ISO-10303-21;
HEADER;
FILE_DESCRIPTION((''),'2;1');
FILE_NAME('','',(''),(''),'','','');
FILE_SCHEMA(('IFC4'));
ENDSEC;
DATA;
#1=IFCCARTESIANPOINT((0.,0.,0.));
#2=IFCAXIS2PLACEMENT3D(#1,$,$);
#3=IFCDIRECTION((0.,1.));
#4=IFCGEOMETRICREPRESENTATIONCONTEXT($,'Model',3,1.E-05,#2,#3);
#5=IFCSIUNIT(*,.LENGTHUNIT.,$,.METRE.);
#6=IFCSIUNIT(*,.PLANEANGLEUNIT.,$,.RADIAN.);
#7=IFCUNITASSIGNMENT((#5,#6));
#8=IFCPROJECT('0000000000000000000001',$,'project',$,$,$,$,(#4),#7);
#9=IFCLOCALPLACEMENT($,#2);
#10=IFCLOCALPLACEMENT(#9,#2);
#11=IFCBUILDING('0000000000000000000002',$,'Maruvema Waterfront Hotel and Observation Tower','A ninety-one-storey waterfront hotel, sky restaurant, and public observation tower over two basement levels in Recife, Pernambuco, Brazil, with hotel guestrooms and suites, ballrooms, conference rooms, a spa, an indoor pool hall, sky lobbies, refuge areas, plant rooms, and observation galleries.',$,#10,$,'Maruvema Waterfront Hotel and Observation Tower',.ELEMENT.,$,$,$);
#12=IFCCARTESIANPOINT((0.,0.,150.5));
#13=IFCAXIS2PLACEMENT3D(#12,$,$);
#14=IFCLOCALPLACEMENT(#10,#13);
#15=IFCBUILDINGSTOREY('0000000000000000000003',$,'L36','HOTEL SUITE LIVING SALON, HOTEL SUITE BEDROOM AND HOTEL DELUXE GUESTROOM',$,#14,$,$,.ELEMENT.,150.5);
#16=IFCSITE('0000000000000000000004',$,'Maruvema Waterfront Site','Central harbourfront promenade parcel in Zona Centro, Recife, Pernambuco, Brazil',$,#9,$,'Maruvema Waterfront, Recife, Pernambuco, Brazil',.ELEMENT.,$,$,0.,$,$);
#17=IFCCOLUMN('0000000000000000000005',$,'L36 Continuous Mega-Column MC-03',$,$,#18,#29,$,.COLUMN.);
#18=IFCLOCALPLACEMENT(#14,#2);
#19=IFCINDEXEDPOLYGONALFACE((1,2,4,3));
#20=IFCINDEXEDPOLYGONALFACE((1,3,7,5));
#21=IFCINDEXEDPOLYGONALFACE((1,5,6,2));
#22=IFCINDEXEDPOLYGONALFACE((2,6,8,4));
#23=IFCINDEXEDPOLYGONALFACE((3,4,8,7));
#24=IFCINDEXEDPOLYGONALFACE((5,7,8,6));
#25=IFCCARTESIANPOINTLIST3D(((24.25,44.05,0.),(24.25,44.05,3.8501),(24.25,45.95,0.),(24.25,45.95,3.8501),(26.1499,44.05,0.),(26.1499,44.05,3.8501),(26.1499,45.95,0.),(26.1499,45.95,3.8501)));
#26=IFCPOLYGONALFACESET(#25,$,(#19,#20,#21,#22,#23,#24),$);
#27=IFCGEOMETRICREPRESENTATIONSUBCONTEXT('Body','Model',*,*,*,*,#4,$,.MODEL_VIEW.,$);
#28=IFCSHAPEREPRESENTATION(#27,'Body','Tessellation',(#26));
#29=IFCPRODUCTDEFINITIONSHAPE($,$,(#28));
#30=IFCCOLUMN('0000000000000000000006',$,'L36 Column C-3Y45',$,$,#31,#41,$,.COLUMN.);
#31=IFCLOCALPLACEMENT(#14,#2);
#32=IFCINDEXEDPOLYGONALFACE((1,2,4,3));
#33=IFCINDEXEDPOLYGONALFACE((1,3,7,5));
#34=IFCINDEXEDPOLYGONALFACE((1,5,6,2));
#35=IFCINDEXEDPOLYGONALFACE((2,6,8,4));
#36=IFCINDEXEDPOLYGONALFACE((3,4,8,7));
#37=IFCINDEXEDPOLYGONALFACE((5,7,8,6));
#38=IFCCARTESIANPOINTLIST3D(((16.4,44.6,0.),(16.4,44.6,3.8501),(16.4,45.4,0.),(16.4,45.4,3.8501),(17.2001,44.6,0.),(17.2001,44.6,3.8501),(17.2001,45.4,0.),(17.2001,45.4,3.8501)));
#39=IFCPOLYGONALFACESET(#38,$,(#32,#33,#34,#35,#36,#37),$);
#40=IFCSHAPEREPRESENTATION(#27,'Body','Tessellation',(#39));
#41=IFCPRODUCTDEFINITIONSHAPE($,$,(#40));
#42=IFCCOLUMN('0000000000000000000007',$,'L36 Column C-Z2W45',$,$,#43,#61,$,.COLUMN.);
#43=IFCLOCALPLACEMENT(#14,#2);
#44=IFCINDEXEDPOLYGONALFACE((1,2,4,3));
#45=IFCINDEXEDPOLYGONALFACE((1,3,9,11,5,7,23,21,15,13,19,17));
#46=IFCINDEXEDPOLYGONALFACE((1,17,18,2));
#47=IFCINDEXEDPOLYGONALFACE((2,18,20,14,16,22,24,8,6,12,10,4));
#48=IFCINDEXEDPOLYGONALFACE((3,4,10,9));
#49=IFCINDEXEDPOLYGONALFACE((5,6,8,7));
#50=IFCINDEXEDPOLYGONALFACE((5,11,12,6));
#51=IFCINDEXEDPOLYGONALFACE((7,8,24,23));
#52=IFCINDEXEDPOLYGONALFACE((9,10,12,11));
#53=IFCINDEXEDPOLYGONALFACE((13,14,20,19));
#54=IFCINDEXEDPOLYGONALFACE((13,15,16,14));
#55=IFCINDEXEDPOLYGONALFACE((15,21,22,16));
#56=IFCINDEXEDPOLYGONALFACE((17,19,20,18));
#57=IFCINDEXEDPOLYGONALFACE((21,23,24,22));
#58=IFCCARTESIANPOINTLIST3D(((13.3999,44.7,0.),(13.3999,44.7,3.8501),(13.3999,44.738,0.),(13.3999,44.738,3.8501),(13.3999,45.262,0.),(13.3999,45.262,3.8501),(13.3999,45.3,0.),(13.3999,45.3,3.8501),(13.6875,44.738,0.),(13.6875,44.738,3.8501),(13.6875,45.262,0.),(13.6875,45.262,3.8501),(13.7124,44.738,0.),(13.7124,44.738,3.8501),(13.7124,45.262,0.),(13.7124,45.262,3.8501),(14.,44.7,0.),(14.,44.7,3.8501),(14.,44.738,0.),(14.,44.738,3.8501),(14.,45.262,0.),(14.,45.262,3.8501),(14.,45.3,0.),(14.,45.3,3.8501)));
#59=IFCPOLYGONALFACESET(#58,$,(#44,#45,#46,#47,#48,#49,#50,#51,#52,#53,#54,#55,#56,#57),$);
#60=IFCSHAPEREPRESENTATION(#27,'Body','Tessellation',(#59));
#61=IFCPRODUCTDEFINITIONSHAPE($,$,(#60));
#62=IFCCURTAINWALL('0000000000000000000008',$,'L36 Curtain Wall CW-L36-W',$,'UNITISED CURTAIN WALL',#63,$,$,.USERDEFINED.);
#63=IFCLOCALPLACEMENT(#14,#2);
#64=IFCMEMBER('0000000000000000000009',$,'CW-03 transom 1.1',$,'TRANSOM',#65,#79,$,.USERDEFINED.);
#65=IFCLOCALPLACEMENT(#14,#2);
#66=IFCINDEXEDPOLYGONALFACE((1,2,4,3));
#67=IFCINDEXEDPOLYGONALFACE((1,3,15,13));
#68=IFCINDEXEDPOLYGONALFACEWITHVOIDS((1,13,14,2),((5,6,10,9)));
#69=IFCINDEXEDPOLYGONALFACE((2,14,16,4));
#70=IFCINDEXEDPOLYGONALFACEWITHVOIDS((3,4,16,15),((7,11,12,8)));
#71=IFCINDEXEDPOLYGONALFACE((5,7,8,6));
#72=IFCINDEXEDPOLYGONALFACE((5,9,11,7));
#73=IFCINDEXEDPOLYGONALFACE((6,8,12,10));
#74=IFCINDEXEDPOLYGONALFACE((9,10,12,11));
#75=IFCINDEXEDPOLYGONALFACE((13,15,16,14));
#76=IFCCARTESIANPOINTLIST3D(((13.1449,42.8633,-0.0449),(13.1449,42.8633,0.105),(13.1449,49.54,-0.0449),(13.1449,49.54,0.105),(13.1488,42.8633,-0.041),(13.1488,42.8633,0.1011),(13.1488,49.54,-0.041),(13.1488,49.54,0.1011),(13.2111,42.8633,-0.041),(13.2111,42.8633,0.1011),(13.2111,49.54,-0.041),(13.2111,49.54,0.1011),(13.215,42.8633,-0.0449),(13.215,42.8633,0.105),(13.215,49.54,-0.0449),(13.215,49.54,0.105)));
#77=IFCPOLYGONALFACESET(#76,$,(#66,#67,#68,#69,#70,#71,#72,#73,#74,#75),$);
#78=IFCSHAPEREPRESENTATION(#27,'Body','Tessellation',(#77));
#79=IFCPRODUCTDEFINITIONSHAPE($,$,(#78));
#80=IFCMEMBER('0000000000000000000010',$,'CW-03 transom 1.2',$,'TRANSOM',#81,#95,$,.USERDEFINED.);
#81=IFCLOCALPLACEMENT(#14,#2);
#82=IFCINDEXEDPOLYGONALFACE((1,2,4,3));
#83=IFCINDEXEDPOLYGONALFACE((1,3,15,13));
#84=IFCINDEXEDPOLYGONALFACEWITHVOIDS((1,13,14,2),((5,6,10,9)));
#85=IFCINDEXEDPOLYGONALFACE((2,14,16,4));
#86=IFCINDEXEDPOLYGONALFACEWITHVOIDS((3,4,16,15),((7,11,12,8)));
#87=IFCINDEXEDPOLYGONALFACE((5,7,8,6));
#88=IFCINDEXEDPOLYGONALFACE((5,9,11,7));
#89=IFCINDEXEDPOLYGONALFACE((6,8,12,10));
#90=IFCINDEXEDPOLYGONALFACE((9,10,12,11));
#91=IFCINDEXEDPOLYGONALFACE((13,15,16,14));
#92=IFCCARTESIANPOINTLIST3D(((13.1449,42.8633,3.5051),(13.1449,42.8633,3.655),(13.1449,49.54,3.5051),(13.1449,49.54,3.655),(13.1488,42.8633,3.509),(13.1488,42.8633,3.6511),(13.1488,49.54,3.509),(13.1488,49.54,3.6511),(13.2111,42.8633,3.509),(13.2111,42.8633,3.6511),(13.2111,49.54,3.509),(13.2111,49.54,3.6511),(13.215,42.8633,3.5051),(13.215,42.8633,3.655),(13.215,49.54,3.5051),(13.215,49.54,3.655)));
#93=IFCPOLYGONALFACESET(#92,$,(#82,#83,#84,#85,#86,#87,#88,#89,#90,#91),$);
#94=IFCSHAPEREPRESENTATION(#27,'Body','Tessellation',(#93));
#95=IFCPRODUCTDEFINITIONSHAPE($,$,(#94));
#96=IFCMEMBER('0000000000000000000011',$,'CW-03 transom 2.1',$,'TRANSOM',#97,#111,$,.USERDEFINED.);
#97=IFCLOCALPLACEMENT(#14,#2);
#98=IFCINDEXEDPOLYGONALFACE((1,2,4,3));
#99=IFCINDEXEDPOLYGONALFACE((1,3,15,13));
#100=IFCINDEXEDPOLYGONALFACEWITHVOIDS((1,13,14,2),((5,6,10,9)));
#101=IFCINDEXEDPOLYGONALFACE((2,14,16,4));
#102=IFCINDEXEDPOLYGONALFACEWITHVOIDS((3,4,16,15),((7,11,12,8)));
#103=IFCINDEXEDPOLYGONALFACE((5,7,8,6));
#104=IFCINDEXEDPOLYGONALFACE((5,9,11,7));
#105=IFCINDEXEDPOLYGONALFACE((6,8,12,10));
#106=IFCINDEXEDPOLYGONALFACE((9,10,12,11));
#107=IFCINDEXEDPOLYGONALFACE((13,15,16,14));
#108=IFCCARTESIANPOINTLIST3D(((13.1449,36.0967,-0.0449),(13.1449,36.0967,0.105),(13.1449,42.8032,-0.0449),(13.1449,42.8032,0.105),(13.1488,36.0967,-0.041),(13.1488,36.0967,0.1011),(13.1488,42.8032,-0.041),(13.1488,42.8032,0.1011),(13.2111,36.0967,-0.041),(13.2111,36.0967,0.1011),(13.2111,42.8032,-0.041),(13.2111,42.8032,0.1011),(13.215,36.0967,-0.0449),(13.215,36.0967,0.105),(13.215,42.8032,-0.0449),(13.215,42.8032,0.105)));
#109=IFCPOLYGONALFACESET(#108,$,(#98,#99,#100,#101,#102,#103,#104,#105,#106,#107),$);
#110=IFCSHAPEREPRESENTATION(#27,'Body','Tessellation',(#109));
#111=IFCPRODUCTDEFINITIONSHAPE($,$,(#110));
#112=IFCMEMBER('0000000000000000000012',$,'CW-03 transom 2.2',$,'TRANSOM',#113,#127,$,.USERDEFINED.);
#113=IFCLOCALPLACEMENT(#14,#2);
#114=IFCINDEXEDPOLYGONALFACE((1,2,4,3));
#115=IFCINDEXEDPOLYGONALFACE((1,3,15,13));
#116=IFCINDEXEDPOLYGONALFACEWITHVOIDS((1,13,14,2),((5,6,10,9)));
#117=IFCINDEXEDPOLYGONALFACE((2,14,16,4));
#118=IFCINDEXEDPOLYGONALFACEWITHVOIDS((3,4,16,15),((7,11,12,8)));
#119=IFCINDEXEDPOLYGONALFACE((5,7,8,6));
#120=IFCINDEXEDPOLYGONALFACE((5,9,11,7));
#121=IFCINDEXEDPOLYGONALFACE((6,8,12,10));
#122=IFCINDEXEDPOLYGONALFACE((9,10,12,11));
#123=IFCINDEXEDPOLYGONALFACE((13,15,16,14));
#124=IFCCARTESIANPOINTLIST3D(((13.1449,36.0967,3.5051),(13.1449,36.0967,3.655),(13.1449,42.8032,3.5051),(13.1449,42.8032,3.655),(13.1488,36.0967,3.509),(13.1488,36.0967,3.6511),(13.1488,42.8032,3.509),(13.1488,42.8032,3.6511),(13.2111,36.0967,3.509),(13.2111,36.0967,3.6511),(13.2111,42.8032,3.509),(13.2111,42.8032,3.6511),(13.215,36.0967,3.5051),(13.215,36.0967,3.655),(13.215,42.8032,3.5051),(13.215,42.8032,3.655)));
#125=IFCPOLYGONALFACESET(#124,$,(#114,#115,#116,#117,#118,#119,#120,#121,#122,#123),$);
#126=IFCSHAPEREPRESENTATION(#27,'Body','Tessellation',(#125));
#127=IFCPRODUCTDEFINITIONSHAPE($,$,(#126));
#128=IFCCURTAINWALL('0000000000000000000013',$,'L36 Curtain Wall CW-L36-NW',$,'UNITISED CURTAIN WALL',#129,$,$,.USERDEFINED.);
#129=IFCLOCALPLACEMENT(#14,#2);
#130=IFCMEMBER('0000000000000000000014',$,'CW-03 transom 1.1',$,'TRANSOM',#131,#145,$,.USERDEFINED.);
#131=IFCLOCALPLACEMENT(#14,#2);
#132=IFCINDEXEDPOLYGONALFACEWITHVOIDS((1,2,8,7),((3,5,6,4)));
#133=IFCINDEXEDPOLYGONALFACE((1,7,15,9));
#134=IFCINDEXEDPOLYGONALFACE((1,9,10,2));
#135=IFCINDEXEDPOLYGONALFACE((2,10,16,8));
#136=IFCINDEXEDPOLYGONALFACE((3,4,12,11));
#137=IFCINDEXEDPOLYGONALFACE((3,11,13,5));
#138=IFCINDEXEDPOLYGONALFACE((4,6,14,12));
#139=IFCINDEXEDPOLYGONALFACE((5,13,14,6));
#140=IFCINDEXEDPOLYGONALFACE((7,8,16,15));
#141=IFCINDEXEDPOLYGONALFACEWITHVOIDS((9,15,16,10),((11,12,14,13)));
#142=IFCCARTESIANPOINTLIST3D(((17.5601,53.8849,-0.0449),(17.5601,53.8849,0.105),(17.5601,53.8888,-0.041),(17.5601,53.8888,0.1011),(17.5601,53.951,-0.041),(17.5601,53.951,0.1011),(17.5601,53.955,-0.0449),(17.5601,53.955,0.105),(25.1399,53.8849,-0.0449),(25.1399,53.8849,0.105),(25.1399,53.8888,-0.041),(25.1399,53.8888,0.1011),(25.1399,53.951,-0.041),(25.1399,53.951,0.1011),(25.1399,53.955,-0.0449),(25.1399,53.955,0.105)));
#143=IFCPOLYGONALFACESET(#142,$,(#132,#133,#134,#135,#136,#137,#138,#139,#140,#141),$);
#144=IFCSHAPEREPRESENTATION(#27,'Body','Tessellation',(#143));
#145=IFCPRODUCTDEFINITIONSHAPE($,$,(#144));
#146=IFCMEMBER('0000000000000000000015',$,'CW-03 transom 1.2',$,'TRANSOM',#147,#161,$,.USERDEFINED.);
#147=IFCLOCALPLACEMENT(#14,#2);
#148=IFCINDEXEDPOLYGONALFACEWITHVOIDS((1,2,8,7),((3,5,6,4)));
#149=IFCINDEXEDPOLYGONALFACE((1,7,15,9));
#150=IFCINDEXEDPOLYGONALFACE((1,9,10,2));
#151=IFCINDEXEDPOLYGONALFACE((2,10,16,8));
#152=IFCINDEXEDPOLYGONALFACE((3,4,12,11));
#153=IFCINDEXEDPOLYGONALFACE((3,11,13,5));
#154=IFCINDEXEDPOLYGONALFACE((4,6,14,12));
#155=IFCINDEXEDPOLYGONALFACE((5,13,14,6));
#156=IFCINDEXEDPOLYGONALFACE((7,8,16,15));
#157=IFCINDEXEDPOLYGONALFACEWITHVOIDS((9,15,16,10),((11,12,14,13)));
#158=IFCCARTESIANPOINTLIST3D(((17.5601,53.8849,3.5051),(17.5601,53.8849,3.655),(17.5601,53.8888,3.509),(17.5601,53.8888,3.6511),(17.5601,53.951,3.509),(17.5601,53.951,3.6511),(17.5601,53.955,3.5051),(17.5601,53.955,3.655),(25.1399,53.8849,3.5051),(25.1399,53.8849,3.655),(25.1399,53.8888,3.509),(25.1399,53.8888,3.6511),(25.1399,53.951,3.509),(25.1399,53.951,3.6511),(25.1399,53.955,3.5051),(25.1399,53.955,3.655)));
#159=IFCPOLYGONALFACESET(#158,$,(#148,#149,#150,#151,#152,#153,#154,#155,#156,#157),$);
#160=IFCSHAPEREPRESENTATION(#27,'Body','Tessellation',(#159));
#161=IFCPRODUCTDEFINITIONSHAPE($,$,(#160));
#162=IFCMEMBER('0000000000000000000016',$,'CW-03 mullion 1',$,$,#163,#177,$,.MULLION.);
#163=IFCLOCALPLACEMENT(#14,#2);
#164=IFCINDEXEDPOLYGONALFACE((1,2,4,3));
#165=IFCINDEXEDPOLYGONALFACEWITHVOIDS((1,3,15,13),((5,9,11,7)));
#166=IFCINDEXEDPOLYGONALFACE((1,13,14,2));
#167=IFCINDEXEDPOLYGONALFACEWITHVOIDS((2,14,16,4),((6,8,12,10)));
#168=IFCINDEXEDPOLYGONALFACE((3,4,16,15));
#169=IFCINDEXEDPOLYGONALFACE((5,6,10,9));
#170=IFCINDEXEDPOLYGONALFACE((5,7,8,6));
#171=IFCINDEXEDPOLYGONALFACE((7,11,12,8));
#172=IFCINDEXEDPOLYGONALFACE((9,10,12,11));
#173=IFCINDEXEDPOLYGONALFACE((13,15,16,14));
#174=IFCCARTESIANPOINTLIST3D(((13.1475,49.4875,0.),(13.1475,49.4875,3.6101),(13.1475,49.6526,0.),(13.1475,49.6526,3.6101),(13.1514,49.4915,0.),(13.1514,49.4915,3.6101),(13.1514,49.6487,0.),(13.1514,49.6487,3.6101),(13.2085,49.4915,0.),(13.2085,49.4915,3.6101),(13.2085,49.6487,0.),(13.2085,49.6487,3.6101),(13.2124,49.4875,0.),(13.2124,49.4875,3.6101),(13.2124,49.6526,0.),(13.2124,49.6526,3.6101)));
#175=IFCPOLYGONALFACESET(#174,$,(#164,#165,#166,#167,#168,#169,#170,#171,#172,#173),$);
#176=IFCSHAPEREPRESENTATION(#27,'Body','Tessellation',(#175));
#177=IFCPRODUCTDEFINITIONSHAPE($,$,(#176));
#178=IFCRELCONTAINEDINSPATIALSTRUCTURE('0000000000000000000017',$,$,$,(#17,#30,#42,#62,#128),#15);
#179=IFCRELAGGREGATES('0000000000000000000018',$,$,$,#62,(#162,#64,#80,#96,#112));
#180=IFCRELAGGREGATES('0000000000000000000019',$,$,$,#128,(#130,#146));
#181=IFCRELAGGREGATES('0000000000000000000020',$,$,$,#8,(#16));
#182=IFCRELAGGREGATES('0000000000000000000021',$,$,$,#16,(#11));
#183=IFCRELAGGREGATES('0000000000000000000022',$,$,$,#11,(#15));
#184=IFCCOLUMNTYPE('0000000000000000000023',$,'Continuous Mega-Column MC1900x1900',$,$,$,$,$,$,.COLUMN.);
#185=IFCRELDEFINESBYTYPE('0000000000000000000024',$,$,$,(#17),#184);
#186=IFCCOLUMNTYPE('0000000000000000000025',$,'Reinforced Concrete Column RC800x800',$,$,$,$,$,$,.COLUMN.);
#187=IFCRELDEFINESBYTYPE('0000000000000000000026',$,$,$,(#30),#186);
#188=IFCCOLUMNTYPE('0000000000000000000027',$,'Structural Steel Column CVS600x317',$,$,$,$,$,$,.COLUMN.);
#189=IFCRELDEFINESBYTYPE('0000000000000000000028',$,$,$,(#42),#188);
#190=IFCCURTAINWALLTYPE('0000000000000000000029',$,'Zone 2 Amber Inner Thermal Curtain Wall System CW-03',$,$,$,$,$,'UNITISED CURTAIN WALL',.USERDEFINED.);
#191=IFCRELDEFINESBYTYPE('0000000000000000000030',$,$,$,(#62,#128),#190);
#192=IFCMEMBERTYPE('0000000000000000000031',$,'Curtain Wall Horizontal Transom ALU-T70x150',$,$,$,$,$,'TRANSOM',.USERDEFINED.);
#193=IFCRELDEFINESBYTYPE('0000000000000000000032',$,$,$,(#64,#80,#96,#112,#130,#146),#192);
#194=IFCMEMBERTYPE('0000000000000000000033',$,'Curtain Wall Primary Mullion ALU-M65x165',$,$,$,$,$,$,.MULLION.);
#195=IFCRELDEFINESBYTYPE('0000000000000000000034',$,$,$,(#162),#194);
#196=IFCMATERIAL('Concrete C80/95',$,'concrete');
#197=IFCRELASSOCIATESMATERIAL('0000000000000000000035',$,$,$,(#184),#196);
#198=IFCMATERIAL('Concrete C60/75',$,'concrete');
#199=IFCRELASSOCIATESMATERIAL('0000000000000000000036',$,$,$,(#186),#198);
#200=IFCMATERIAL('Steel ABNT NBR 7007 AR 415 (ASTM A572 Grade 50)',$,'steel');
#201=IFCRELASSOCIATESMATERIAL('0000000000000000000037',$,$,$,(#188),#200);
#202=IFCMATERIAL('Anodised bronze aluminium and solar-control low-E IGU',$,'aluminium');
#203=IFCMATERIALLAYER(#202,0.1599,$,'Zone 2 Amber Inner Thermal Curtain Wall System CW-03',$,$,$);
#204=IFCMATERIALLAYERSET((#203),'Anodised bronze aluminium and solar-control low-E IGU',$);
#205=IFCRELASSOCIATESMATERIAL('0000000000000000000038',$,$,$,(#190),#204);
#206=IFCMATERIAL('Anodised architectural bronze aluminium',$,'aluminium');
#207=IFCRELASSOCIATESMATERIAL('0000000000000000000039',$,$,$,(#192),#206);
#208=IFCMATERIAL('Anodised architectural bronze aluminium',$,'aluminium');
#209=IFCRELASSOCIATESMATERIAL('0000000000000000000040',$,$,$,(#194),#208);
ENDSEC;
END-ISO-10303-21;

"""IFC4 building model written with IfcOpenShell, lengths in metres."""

from ifc_helpers import new_model, si_unit, direction, frame, origin, origin_2d, place, context, subcontext, project, spatial, rectangle, hollow_rectangle, i_section, extrude, material, layer, layer_set, material_profile, profile_set, type_object, element, aggregate, save


model = new_model("IFC4")

# Units and contexts
model_context = context("Model", 3, precision=1e-05, world=origin(), true_north=direction((0.0, 1.0)))
body_context = subcontext(model_context, "Body", "Model", "MODEL_VIEW")
ifc_project = project(units=[si_unit("LENGTHUNIT", "METRE"), si_unit("PLANEANGLEUNIT", "RADIAN")], contexts=[model_context])

# Site, building, storey
site_placement = place(None, origin())
site = spatial("IfcSite", under=ifc_project, at=site_placement, Name="Maruvema Waterfront Site", Description="Central harbourfront promenade parcel in Zona Centro, Recife, Pernambuco, Brazil", LongName="Maruvema Waterfront, Recife, Pernambuco, Brazil", CompositionType="ELEMENT", RefElevation=0.0)
building_placement = place(site_placement, origin())
building = spatial("IfcBuilding", under=site, at=building_placement, Name="Maruvema Waterfront Hotel and Observation Tower", Description="A ninety-one-storey waterfront hotel, sky restaurant, and public observation tower over two basement levels in Recife, Pernambuco, Brazil, with hotel guestrooms and suites, ballrooms, conference rooms, a spa, an indoor pool hall, sky lobbies, refuge areas, plant rooms, and observation galleries.", LongName="Maruvema Waterfront Hotel and Observation Tower", CompositionType="ELEMENT")
storey_placement = place(building_placement, frame((0.0, 0.0, 150.5)))
storey = spatial("IfcBuildingStorey", under=building, at=storey_placement, Name="L36", Description="HOTEL SUITE LIVING SALON, HOTEL SUITE BEDROOM AND HOTEL DELUXE GUESTROOM", CompositionType="ELEMENT", Elevation=150.5)

# Columns
ifc_material_1 = material(Name="Concrete C80/95", Category="concrete")
ifc_material_profile_1 = material_profile(ifc_material_1, rectangle(XDim=1.8999, YDim=1.8999, at=origin_2d()), Name="MC1900x1900")
ifc_profile_set_1 = profile_set([ifc_material_profile_1], Name="Concrete C80/95")
column_type_1 = type_object("IfcColumnType", Name="Continuous Mega-Column MC1900x1900", PredefinedType="COLUMN", material=ifc_profile_set_1)
column_1_placement = place(storey_placement, frame((25.2, 45.0, 0.0), z_axis=(0.0, 0.0, 1.0), x_axis=(1.0, 0.0, 0.0)))
element("IfcColumn", 1, at=column_1_placement, inside=storey, type_object=column_type_1, Name="L36 Continuous Mega-Column MC-03", PredefinedType="COLUMN", context=body_context, shape_type="SweptSolid", body=[
    extrude(rectangle(XDim=1.8999, YDim=1.8999, at=origin_2d()), origin(), (0.0, 0.0, 1.0), 3.8501),
])
ifc_material_2 = material(Name="Concrete C60/75", Category="concrete")
ifc_material_profile_2 = material_profile(ifc_material_2, rectangle(XDim=0.8, YDim=0.8, at=origin_2d()), Name="RC800x800")
ifc_profile_set_2 = profile_set([ifc_material_profile_2], Name="Concrete C60/75")
column_type_2 = type_object("IfcColumnType", Name="Reinforced Concrete Column RC800x800", PredefinedType="COLUMN", material=ifc_profile_set_2)
column_2_placement = place(storey_placement, frame((16.8, 45.0, 0.0), z_axis=(0.0, 0.0, 1.0), x_axis=(1.0, 0.0, 0.0)))
element("IfcColumn", 2, at=column_2_placement, inside=storey, type_object=column_type_2, Name="L36 Column C-3Y45", PredefinedType="COLUMN", context=body_context, shape_type="SweptSolid", body=[
    extrude(rectangle(XDim=0.8, YDim=0.8, at=origin_2d()), origin(), (0.0, 0.0, 1.0), 3.8501),
])
ifc_material_3 = material(Name="Steel ABNT NBR 7007 AR 415 (ASTM A572 Grade 50)", Category="steel")
ifc_material_profile_3 = material_profile(ifc_material_3, i_section(OverallWidth=0.6001, OverallDepth=0.6001, WebThickness=0.0249, FlangeThickness=0.0381, at=origin_2d()), Name="CVS600x317")
ifc_profile_set_3 = profile_set([ifc_material_profile_3], Name="Steel ABNT NBR 7007 AR 415 (ASTM A572 Grade 50)")
column_type_3 = type_object("IfcColumnType", Name="Structural Steel Column CVS600x317", PredefinedType="COLUMN", material=ifc_profile_set_3)
column_3_placement = place(storey_placement, frame((13.7, 45.0, 0.0), z_axis=(0.0, 0.0, 1.0), x_axis=(1.0, 0.0, 0.0)))
element("IfcColumn", 3, at=column_3_placement, inside=storey, type_object=column_type_3, Name="L36 Column C-Z2W45", PredefinedType="COLUMN", context=body_context, shape_type="SweptSolid", body=[
    extrude(i_section(OverallWidth=0.6001, OverallDepth=0.6001, WebThickness=0.0249, FlangeThickness=0.0381, at=origin_2d()), origin(), (0.0, 0.0, 1.0), 3.8501),
])

# Curtain walls, members
ifc_material_4 = material(Name="Anodised bronze aluminium and solar-control low-E IGU", Category="aluminium")
ifc_layer_1 = layer(ifc_material_4, 0.1599, Name="Zone 2 Amber Inner Thermal Curtain Wall System CW-03")
ifc_layer_set_1 = layer_set([ifc_layer_1], Name="Anodised bronze aluminium and solar-control low-E IGU")
curtain_wall_type = type_object("IfcCurtainWallType", Name="Zone 2 Amber Inner Thermal Curtain Wall System CW-03", ElementType="UNITISED CURTAIN WALL", PredefinedType="USERDEFINED", material=ifc_layer_set_1)
curtain_wall_1_placement = place(storey_placement, origin())
curtain_wall_1 = element("IfcCurtainWall", 4, at=curtain_wall_1_placement, inside=storey, type_object=curtain_wall_type, Name="L36 Curtain Wall CW-L36-W", ObjectType="UNITISED CURTAIN WALL", PredefinedType="USERDEFINED")
ifc_material_5 = material(Name="Anodised architectural bronze aluminium", Category="aluminium")
ifc_material_profile_4 = material_profile(ifc_material_5, hollow_rectangle(XDim=0.0701, YDim=0.1499, WallThickness=0.0039, at=origin_2d()), Name="ALU-T70x150")
ifc_profile_set_4 = profile_set([ifc_material_profile_4], Name="Anodised architectural bronze aluminium")
member_type_1 = type_object("IfcMemberType", Name="Curtain Wall Horizontal Transom ALU-T70x150", ElementType="TRANSOM", PredefinedType="USERDEFINED", material=ifc_profile_set_4)
member_1_placement = place(storey_placement, frame((13.1799, 49.54, 0.03), z_axis=(0.0, -1.0, 0.0), x_axis=(1.0, 0.0, 0.0)))
member_1 = element("IfcMember", 5, at=member_1_placement, type_object=member_type_1, Name="CW-03 transom 1.1", ObjectType="TRANSOM", PredefinedType="USERDEFINED", context=body_context, shape_type="SweptSolid", body=[
    extrude(hollow_rectangle(XDim=0.0701, YDim=0.1499, WallThickness=0.0039, at=origin_2d()), origin(), (0.0, 0.0, 1.0), 6.6768),
])
member_2_placement = place(storey_placement, frame((13.1799, 49.54, 3.5801), z_axis=(0.0, -1.0, 0.0), x_axis=(1.0, 0.0, 0.0)))
member_2 = element("IfcMember", 6, at=member_2_placement, type_object=member_type_1, Name="CW-03 transom 1.2", ObjectType="TRANSOM", PredefinedType="USERDEFINED", context=body_context, shape_type="SweptSolid", body=[
    extrude(hollow_rectangle(XDim=0.0701, YDim=0.1499, WallThickness=0.0039, at=origin_2d()), origin(), (0.0, 0.0, 1.0), 6.6768),
])
member_3_placement = place(storey_placement, frame((13.1799, 42.8032, 0.03), z_axis=(0.0, -1.0, 0.0), x_axis=(1.0, 0.0, 0.0)))
member_3 = element("IfcMember", 7, at=member_3_placement, type_object=member_type_1, Name="CW-03 transom 2.1", ObjectType="TRANSOM", PredefinedType="USERDEFINED", context=body_context, shape_type="SweptSolid", body=[
    extrude(hollow_rectangle(XDim=0.0701, YDim=0.1499, WallThickness=0.0039, at=origin_2d()), origin(), (0.0, 0.0, 1.0), 6.7065),
])
member_4_placement = place(storey_placement, frame((13.1799, 42.8032, 3.5801), z_axis=(0.0, -1.0, 0.0), x_axis=(1.0, 0.0, 0.0)))
member_4 = element("IfcMember", 8, at=member_4_placement, type_object=member_type_1, Name="CW-03 transom 2.2", ObjectType="TRANSOM", PredefinedType="USERDEFINED", context=body_context, shape_type="SweptSolid", body=[
    extrude(hollow_rectangle(XDim=0.0701, YDim=0.1499, WallThickness=0.0039, at=origin_2d()), origin(), (0.0, 0.0, 1.0), 6.7065),
])
curtain_wall_2_placement = place(storey_placement, origin())
curtain_wall_2 = element("IfcCurtainWall", 9, at=curtain_wall_2_placement, inside=storey, type_object=curtain_wall_type, Name="L36 Curtain Wall CW-L36-NW", ObjectType="UNITISED CURTAIN WALL", PredefinedType="USERDEFINED")
member_5_placement = place(storey_placement, frame((25.1399, 53.9199, 0.03), z_axis=(-1.0, 0.0, 0.0), x_axis=(0.0, -1.0, 0.0)))
member_5 = element("IfcMember", 10, at=member_5_placement, type_object=member_type_1, Name="CW-03 transom 1.1", ObjectType="TRANSOM", PredefinedType="USERDEFINED", context=body_context, shape_type="SweptSolid", body=[
    extrude(hollow_rectangle(XDim=0.0701, YDim=0.1499, WallThickness=0.0039, at=origin_2d()), origin(), (0.0, 0.0, 1.0), 7.5798),
])
member_6_placement = place(storey_placement, frame((25.1399, 53.9199, 3.5801), z_axis=(-1.0, 0.0, 0.0), x_axis=(0.0, -1.0, 0.0)))
member_6 = element("IfcMember", 11, at=member_6_placement, type_object=member_type_1, Name="CW-03 transom 1.2", ObjectType="TRANSOM", PredefinedType="USERDEFINED", context=body_context, shape_type="SweptSolid", body=[
    extrude(hollow_rectangle(XDim=0.0701, YDim=0.1499, WallThickness=0.0039, at=origin_2d()), origin(), (0.0, 0.0, 1.0), 7.5798),
])

# Member
ifc_material_6 = material(Name="Anodised architectural bronze aluminium", Category="aluminium")
ifc_material_profile_5 = material_profile(ifc_material_6, hollow_rectangle(XDim=0.0649, YDim=0.165, WallThickness=0.0039, at=origin_2d()), Name="ALU-M65x165")
ifc_profile_set_5 = profile_set([ifc_material_profile_5], Name="Anodised architectural bronze aluminium")
member_type_2 = type_object("IfcMemberType", Name="Curtain Wall Primary Mullion ALU-M65x165", PredefinedType="MULLION", material=ifc_profile_set_5)
member_7_placement = place(storey_placement, frame((13.1799, 49.5701, 0.0), z_axis=(0.0, 0.0, 1.0), x_axis=(1.0, 0.0, 0.0)))
member_7 = element("IfcMember", 12, at=member_7_placement, type_object=member_type_2, Name="CW-03 mullion 1", PredefinedType="MULLION", context=body_context, shape_type="SweptSolid", body=[
    extrude(hollow_rectangle(XDim=0.0649, YDim=0.165, WallThickness=0.0039, at=origin_2d()), origin(), (0.0, 0.0, 1.0), 3.6101),
])

aggregate(curtain_wall_1, [member_7, member_1, member_2, member_3, member_4])
aggregate(curtain_wall_2, [member_5, member_6])

save(model, "model.ifc")
